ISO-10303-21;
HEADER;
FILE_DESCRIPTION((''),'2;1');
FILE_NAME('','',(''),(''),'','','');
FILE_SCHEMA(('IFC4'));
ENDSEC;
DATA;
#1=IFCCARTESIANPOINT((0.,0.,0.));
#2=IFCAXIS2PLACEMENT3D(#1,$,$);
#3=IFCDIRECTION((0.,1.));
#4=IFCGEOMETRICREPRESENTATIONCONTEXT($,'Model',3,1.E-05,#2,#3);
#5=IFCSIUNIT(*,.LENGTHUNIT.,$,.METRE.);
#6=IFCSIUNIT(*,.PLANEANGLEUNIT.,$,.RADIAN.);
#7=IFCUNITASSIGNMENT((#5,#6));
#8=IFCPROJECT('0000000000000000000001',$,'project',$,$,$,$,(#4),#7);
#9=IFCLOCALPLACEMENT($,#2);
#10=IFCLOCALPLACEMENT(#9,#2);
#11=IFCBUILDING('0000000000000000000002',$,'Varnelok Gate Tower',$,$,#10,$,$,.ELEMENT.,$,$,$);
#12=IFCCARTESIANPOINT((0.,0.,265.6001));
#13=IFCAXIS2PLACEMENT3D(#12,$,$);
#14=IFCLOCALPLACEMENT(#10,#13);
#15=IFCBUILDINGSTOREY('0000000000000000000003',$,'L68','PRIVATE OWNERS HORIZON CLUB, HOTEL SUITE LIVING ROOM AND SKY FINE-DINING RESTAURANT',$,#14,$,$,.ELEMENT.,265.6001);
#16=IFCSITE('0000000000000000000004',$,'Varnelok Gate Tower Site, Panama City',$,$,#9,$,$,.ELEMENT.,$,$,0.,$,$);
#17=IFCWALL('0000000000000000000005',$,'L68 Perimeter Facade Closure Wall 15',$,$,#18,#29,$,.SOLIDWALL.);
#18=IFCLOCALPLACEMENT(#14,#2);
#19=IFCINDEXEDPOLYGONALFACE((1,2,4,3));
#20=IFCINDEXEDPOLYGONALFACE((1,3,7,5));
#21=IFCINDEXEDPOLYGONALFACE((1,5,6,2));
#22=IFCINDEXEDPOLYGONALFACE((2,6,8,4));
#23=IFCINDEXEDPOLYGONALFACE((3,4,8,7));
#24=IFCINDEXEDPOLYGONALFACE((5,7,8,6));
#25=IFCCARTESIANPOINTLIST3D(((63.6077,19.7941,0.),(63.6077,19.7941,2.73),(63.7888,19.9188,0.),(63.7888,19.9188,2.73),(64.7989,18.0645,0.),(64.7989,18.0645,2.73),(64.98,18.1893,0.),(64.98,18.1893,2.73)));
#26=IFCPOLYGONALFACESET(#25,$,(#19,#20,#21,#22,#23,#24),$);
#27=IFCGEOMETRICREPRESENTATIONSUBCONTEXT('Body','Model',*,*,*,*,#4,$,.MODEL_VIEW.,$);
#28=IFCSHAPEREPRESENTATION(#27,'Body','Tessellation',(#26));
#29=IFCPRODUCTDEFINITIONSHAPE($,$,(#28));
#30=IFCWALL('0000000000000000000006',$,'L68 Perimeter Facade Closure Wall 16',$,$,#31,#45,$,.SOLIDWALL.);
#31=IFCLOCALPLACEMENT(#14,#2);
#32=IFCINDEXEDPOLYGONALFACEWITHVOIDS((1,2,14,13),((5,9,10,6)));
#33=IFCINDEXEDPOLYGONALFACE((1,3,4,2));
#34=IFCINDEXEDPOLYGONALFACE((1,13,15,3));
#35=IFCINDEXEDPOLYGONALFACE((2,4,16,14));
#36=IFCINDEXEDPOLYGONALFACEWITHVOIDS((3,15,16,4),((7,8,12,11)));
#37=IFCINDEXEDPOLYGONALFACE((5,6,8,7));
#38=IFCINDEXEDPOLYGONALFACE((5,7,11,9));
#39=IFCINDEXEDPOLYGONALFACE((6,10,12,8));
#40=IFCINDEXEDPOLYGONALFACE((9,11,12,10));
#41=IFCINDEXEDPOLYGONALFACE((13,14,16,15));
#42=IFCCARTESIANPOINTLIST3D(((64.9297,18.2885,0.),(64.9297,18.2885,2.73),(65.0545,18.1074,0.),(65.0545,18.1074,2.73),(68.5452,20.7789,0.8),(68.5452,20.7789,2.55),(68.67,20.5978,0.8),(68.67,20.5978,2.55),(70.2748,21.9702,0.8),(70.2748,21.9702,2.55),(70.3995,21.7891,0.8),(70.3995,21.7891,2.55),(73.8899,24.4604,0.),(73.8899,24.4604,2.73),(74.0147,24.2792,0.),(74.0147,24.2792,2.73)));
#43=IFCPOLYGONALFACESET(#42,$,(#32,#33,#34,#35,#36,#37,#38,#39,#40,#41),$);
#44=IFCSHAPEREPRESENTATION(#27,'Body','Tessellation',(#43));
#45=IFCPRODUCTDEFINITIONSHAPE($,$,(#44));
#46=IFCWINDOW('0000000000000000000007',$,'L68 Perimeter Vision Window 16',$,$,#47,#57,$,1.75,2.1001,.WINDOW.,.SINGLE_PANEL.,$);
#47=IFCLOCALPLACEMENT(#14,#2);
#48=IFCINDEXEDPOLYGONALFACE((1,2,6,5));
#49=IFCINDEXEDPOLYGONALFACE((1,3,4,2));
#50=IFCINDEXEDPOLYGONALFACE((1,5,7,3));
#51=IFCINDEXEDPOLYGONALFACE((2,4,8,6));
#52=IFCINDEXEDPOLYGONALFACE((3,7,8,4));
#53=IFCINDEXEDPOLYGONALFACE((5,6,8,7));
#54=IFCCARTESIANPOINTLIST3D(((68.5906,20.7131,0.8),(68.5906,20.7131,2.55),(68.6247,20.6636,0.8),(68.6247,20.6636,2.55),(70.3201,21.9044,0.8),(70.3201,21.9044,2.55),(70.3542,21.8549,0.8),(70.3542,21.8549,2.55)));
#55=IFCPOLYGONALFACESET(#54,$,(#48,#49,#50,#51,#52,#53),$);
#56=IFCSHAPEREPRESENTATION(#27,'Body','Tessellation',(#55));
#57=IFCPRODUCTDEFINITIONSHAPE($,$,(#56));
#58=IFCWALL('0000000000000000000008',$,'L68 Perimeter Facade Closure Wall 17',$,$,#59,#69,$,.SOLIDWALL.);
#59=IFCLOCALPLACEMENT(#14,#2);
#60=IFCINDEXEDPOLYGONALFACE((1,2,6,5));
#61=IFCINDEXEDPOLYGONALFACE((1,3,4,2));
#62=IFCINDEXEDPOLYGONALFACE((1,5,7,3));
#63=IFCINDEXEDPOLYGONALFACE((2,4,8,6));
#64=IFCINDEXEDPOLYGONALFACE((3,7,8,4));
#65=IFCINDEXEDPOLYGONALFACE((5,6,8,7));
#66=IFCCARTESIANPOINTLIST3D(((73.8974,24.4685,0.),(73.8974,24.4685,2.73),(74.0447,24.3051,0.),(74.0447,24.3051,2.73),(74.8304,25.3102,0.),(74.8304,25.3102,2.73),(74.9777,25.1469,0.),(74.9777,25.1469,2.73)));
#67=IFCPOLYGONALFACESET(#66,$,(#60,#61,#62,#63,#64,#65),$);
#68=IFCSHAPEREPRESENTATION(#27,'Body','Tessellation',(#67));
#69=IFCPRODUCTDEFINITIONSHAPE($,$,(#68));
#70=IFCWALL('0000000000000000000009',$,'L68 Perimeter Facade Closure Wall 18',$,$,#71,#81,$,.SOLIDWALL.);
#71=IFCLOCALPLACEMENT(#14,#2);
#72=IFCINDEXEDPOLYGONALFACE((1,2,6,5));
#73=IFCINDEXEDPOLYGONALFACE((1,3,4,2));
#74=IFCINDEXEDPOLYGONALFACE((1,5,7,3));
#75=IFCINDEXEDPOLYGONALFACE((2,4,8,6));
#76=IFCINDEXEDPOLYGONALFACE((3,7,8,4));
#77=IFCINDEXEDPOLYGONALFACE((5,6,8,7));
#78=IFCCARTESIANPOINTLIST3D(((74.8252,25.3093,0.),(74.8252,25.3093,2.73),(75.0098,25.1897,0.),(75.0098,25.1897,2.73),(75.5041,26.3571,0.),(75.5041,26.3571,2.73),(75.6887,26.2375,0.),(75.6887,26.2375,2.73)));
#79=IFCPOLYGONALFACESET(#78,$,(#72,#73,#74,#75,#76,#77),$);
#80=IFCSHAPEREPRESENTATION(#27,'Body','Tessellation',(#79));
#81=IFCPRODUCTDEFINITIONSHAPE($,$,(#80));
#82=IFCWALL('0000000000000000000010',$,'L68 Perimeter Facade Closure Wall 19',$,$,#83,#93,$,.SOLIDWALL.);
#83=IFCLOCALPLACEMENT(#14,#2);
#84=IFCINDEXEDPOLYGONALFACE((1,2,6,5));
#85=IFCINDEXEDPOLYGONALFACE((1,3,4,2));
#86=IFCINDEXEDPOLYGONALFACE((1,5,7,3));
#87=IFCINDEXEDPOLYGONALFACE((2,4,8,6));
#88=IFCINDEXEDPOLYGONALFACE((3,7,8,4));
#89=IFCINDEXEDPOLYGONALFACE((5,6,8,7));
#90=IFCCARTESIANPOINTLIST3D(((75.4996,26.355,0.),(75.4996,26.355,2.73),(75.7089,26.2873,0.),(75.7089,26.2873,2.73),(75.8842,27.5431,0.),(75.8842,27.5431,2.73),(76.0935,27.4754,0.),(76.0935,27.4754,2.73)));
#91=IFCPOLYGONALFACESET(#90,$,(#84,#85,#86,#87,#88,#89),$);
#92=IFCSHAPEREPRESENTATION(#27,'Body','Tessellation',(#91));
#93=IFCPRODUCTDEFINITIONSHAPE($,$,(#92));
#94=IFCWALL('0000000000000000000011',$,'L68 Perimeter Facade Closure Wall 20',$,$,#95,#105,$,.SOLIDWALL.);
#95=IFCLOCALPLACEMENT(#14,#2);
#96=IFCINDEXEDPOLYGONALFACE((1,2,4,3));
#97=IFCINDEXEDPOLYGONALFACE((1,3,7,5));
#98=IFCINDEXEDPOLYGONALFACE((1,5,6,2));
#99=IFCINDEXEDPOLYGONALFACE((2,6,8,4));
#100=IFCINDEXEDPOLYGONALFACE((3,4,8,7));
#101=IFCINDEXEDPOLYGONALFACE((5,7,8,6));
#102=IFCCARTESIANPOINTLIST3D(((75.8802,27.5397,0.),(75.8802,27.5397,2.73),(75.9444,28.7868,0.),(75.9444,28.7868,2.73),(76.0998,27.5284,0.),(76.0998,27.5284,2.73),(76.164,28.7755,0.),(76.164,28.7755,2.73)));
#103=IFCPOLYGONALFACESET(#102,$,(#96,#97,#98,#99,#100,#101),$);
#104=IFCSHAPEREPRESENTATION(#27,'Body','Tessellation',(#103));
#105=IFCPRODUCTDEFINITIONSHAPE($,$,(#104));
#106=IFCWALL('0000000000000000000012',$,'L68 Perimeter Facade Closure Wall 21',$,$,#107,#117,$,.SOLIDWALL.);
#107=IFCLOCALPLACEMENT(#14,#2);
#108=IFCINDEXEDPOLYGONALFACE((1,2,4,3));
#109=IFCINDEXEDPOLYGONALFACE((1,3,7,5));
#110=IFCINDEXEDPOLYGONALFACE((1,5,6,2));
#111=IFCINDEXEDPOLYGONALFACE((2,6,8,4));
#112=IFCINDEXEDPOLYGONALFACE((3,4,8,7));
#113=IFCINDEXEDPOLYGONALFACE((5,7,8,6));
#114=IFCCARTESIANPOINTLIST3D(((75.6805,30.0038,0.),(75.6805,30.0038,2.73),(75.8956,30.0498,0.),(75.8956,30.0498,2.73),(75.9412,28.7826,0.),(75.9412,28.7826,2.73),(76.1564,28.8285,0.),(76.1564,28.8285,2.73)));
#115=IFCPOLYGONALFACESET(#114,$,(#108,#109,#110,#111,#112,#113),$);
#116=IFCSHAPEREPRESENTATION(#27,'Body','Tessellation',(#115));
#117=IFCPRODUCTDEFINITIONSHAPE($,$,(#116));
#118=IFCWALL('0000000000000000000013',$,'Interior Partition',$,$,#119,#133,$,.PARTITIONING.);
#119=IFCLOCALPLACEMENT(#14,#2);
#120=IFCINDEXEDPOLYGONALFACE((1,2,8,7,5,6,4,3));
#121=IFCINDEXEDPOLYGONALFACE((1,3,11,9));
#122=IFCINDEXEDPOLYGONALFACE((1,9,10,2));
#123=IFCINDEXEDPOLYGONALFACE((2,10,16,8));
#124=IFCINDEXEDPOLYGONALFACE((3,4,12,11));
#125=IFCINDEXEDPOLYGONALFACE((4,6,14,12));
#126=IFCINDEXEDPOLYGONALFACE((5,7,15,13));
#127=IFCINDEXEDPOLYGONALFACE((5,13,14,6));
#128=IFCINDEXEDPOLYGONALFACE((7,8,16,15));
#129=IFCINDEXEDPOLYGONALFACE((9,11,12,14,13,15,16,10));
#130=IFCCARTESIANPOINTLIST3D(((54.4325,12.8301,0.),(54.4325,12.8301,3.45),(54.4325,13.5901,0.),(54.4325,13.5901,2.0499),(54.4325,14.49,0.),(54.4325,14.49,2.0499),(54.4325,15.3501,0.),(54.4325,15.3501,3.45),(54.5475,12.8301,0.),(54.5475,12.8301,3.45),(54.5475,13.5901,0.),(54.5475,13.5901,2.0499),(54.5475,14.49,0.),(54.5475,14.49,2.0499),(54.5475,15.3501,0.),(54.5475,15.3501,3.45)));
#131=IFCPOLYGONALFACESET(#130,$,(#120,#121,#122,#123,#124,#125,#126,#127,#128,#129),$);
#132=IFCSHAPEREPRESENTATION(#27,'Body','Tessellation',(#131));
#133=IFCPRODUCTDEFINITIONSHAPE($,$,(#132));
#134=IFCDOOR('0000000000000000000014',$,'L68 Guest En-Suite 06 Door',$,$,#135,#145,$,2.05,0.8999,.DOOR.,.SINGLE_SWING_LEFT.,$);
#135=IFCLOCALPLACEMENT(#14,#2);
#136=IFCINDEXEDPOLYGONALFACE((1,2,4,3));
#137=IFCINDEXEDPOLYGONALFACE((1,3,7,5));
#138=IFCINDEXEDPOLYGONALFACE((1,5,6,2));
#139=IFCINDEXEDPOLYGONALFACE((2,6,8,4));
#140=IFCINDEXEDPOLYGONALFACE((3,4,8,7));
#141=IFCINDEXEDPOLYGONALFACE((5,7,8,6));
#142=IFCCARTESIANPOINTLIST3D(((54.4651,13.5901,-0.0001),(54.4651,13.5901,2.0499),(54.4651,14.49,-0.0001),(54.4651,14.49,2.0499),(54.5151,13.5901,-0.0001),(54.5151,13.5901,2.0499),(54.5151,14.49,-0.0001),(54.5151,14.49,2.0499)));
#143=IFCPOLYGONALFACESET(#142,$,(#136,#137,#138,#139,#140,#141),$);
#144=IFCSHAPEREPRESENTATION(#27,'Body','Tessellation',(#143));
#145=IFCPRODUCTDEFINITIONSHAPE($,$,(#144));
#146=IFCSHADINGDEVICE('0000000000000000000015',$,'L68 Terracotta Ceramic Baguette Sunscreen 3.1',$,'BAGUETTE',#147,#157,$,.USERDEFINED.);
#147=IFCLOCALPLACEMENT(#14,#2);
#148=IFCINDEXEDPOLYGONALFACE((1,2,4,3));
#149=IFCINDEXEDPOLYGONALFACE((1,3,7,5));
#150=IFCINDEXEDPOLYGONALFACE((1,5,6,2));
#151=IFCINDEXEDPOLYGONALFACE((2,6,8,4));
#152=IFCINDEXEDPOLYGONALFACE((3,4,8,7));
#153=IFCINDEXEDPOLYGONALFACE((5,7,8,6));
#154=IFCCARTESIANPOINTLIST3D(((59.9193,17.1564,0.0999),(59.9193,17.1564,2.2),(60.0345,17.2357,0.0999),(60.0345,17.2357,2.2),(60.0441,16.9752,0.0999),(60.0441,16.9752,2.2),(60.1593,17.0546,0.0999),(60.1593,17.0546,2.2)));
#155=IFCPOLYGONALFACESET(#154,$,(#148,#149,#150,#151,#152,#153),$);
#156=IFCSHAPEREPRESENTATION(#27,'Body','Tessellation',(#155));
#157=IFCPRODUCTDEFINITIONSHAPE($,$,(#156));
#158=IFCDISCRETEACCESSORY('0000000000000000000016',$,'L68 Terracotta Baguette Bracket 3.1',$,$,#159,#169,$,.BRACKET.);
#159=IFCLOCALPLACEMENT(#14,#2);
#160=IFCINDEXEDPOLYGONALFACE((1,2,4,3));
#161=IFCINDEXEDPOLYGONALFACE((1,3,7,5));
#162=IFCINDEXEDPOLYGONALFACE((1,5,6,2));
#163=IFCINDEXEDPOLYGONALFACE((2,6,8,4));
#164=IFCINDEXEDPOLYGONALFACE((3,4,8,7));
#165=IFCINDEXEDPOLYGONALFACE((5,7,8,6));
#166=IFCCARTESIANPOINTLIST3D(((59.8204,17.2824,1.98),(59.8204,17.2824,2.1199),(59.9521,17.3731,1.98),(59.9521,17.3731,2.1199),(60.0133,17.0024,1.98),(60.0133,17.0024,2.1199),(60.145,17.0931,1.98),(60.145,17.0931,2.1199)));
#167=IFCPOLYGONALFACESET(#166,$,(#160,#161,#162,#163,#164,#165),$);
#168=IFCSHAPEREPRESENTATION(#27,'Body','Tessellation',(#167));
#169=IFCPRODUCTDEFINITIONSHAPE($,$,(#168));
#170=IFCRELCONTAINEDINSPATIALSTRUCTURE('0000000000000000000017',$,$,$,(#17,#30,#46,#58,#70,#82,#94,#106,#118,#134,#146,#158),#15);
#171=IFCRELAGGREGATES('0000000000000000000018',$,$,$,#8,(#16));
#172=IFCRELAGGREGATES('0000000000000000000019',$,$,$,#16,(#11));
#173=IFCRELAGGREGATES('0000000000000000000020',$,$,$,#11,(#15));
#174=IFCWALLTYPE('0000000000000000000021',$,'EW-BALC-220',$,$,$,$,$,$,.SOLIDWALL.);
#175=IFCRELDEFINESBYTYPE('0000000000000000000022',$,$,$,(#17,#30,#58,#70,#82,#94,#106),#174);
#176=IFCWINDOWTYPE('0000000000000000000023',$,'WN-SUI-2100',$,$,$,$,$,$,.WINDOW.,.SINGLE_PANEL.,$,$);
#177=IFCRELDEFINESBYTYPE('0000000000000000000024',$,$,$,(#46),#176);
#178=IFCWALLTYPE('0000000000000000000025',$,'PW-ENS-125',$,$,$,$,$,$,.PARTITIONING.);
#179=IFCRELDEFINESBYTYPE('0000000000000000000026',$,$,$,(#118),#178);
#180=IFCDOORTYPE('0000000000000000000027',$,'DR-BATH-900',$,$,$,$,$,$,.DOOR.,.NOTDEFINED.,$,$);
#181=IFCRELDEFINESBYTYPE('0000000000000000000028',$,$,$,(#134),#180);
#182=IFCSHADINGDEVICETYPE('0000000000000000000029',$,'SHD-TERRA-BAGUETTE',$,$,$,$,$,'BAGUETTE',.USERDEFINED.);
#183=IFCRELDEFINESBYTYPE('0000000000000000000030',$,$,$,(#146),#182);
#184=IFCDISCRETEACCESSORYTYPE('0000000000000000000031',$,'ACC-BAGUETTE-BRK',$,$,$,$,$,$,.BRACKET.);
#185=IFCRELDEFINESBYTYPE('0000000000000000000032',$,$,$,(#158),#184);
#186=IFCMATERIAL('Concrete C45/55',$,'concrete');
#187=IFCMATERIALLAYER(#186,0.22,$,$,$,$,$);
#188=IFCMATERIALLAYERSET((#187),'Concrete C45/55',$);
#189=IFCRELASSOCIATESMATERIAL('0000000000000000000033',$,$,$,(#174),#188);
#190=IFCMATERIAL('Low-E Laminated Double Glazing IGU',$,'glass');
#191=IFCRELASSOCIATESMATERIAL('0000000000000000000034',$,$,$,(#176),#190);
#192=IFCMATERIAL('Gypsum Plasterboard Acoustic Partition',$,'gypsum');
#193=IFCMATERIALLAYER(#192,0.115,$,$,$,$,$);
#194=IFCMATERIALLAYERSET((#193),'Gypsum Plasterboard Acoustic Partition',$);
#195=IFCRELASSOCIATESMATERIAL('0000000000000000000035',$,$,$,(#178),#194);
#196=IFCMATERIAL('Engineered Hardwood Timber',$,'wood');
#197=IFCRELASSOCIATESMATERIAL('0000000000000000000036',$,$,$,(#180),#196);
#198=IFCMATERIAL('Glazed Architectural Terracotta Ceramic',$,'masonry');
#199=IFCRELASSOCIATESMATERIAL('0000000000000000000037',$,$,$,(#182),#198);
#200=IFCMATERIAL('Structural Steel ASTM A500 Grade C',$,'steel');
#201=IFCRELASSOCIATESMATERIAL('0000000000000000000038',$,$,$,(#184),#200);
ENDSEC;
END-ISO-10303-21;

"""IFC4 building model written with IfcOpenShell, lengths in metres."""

from ifc_helpers import new_model, si_unit, direction, frame, frame_2d, origin, origin_2d, place, context, subcontext, project, spatial, rectangle, extrude, source, transform, mapped, material, layer, layer_set, type_object, element, fill, save


model = new_model("IFC4")

# Units and contexts
model_context = context("Model", 3, precision=1e-05, world=origin(), true_north=direction((0.0, 1.0)))
body_context = subcontext(model_context, "Body", "Model", "MODEL_VIEW")
ifc_project = project(units=[si_unit("LENGTHUNIT", "METRE"), si_unit("PLANEANGLEUNIT", "RADIAN")], contexts=[model_context])

# Site, building, storey
site_placement = place(None, origin())
site = spatial("IfcSite", under=ifc_project, at=site_placement, Name="Varnelok Gate Tower Site, Panama City", CompositionType="ELEMENT", RefElevation=0.0)
building_placement = place(site_placement, origin())
building = spatial("IfcBuilding", under=site, at=building_placement, Name="Varnelok Gate Tower", CompositionType="ELEMENT")
storey_placement = place(building_placement, frame((0.0, 0.0, 265.6001)))
storey = spatial("IfcBuildingStorey", under=building, at=storey_placement, Name="L68", Description="PRIVATE OWNERS HORIZON CLUB, HOTEL SUITE LIVING ROOM AND SKY FINE-DINING RESTAURANT", CompositionType="ELEMENT", Elevation=265.6001)

# Shared definitions
ifc_material_1 = material(Name="Concrete C45/55", Category="concrete")
ifc_layer_1 = layer(ifc_material_1, 0.22)
ifc_layer_set_1 = layer_set([ifc_layer_1], Name="Concrete C45/55")
wall_type_1 = type_object("IfcWallType", Name="EW-BALC-220", PredefinedType="SOLIDWALL", material=ifc_layer_set_1)

# Wall
wall_1_placement = place(storey_placement, frame((63.6982, 19.8564, 0.0), z_axis=(0.0, 0.0, 1.0), x_axis=(0.567219, -0.823567, 0.0)))
element("IfcWall", 1, at=wall_1_placement, inside=storey, type_object=wall_type_1, Name="L68 Perimeter Facade Closure Wall 15", PredefinedType="SOLIDWALL", context=body_context, shape_type="SweptSolid", body=[
    extrude(rectangle(XDim=2.1001, YDim=0.22, at=frame_2d((1.05, 0.0))), origin(), (0.0, 0.0, 1.0), 2.73),
])

# Wall, opening, window
wall_2_placement = place(storey_placement, frame((64.9922, 18.198, 0.0), z_axis=(0.0, 0.0, 1.0), x_axis=(0.823538, 0.567261, 0.0)))
wall_2 = element("IfcWall", 2, at=wall_2_placement, inside=storey, type_object=wall_type_1, Name="L68 Perimeter Facade Closure Wall 16", PredefinedType="SOLIDWALL", context=body_context, shape_type="SweptSolid", body=[
    extrude(rectangle(XDim=10.8801, YDim=0.22, at=frame_2d((5.4399, 0.0))), origin(), (0.0, 0.0, 1.0), 2.73),
])
opening_1_placement = place(wall_2_placement, frame((4.3901, 0.0, 0.8)))
opening_1 = element("IfcOpeningElement", 3, at=opening_1_placement, cuts=wall_2, PredefinedType="OPENING", context=body_context, shape_type="SweptSolid", body=[
    extrude(rectangle(XDim=2.1001, YDim=1.75, at=frame_2d((1.05, 0.875))), frame((0.0, 0.1199, 0.0), z_axis=(0.0, -1.0, 0.0), x_axis=(1.0, 0.0, 0.0)), (0.0, 0.0, 1.0), 0.24),
])
ifc_material_2 = material(Name="Low-E Laminated Double Glazing IGU", Category="glass")
window_type = type_object("IfcWindowType", Name="WN-SUI-2100", PartitioningType="SINGLE_PANEL", PredefinedType="WINDOW", material=ifc_material_2)
window_placement = place(opening_1_placement, origin())
window = element("IfcWindow", 4, at=window_placement, inside=storey, type_object=window_type, Name="L68 Perimeter Vision Window 16", OverallHeight=1.75, OverallWidth=2.1001, PartitioningType="SINGLE_PANEL", PredefinedType="WINDOW", context=body_context, shape_type="SweptSolid", body=[
    extrude(rectangle(XDim=2.1001, YDim=1.75, at=frame_2d((1.05, 0.875))), frame((0.0, 0.03, 0.0), z_axis=(0.0, -1.0, 0.0), x_axis=(1.0, 0.0, 0.0)), (0.0, 0.0, 1.0), 0.0601),
])
fill(opening_1, window)

# Walls
wall_3_placement = place(storey_placement, frame((73.9709, 24.3867, 0.0), z_axis=(0.0, 0.0, 1.0), x_axis=(0.742502, 0.669844, 0.0)))
element("IfcWall", 5, at=wall_3_placement, inside=storey, type_object=wall_type_1, Name="L68 Perimeter Facade Closure Wall 17", PredefinedType="SOLIDWALL", context=body_context, shape_type="SweptSolid", body=[
    extrude(rectangle(XDim=1.2566, YDim=0.22, at=frame_2d((0.6284, 0.0))), origin(), (0.0, 0.0, 1.0), 2.73),
])
wall_4_placement = place(storey_placement, frame((74.9175, 25.2495, 0.0), z_axis=(0.0, 0.0, 1.0), x_axis=(0.543778, 0.839229, 0.0)))
element("IfcWall", 6, at=wall_4_placement, inside=storey, type_object=wall_type_1, Name="L68 Perimeter Facade Closure Wall 18", PredefinedType="SOLIDWALL", context=body_context, shape_type="SweptSolid", body=[
    extrude(rectangle(XDim=1.2485, YDim=0.22, at=frame_2d((0.6243, 0.0))), origin(), (0.0, 0.0, 1.0), 2.73),
])
for number, where, z_axis, x_axis, name in (
    (7, (75.6042, 26.321, 0.0), (0.0, 0.0, 1.0), (0.307945, 0.951404, 0.0), "L68 Perimeter Facade Closure Wall 19"),
    (8, (75.99, 27.5339, 0.0), (0.0, 0.0, 1.0), (0.05142, 0.998677, 0.0), "L68 Perimeter Facade Closure Wall 20"),
    (9, (76.0488, 28.8054, 0.0), (0.0, 0.0, 1.0), (-0.208808, 0.977957, 0.0), "L68 Perimeter Facade Closure Wall 21"),
):
    element("IfcWall", number, at=place(storey_placement, frame(where, z_axis=z_axis, x_axis=x_axis)), inside=storey, type_object=wall_type_1, Name=name, PredefinedType="SOLIDWALL", context=body_context, shape_type="SweptSolid", body=[
        extrude(rectangle(XDim=1.2488, YDim=0.22, at=frame_2d((0.6245, 0.0))), origin(), (0.0, 0.0, 1.0), 2.73),
    ])

# Wall, opening, door
ifc_material_3 = material(Name="Gypsum Plasterboard Acoustic Partition", Category="gypsum")
ifc_layer_2 = layer(ifc_material_3, 0.115)
ifc_layer_set_2 = layer_set([ifc_layer_2], Name="Gypsum Plasterboard Acoustic Partition")
wall_type_2 = type_object("IfcWallType", Name="PW-ENS-125", PredefinedType="PARTITIONING", material=ifc_layer_set_2)
wall_5_placement = place(storey_placement, frame((54.49, 12.8301, 0.0), z_axis=(0.0, 0.0, 1.0), x_axis=(0.0, 1.0, 0.0)))
wall_5 = element("IfcWall", 10, at=wall_5_placement, inside=storey, type_object=wall_type_2, Name="Interior Partition", PredefinedType="PARTITIONING", context=body_context, shape_type="SweptSolid", body=[
    extrude(rectangle(XDim=2.52, YDim=0.115, at=frame_2d((1.26, 0.0))), origin(), (0.0, 0.0, 1.0), 3.45),
])
opening_2_placement = place(wall_5_placement, frame((0.76, 0.0, 0.0)))
opening_2 = element("IfcOpeningElement", 11, at=opening_2_placement, cuts=wall_5, PredefinedType="OPENING", context=body_context, shape_type="SweptSolid", body=[
    extrude(rectangle(XDim=0.8999, YDim=2.05, at=frame_2d((0.45, 1.0249))), frame((0.0, 0.0674, 0.0), z_axis=(0.0, -1.0, 0.0), x_axis=(1.0, 0.0, 0.0)), (0.0, 0.0, 1.0), 0.135),
])
ifc_material_4 = material(Name="Engineered Hardwood Timber", Category="wood")
door_type_1 = type_object("IfcDoorType", Name="DR-BATH-900", OperationType="NOTDEFINED", PredefinedType="DOOR", material=ifc_material_4)
door_1_placement = place(opening_2_placement, origin())
door_1 = element("IfcDoor", 12, at=door_1_placement, inside=storey, type_object=door_type_1, Name="L68 Guest En-Suite 06 Door", OperationType="SINGLE_SWING_LEFT", OverallHeight=2.05, OverallWidth=0.8999, PredefinedType="DOOR", context=body_context, shape_type="SweptSolid", body=[
    extrude(rectangle(XDim=0.8999, YDim=2.05, at=frame_2d((0.45, 1.0249))), frame((0.0, 0.0249, 0.0), z_axis=(0.0, -1.0, 0.0), x_axis=(1.0, 0.0, 0.0)), (0.0, 0.0, 1.0), 0.05),
])
fill(opening_2, door_1)

# Shading device
ifc_material_5 = material(Name="Glazed Architectural Terracotta Ceramic", Category="masonry")
shading_device_type = type_object("IfcShadingDeviceType", Name="SHD-TERRA-BAGUETTE", ElementType="BAGUETTE", PredefinedType="USERDEFINED", material=ifc_material_5)
shared_shape_1 = source(origin(), body_context, "Body", "SweptSolid", [
    extrude(rectangle(XDim=0.1399, YDim=0.22, at=origin_2d()), origin(), (0.0, 0.0, 1.0), 2.1001),
])
shading_device_placement = place(storey_placement, frame((60.0393, 17.1055, 0.0999), z_axis=(0.0, 0.0, 1.0), x_axis=(0.823533, 0.567269, 0.0)))
element("IfcShadingDevice", 13, at=shading_device_placement, inside=storey, type_object=shading_device_type, Name="L68 Terracotta Ceramic Baguette Sunscreen 3.1", ObjectType="BAGUETTE", PredefinedType="USERDEFINED", context=body_context, shape_type="MappedRepresentation", body=[
    mapped(shared_shape_1, transform((0.0, 0.0, 0.0), scale=1.0)),
])

# Discrete accessory
ifc_material_6 = material(Name="Structural Steel ASTM A500 Grade C", Category="steel")
discrete_accessory_type = type_object("IfcDiscreteAccessoryType", Name="ACC-BAGUETTE-BRK", PredefinedType="BRACKET", material=ifc_material_6)
shared_shape_2 = source(origin(), body_context, "Body", "SweptSolid", [
    extrude(rectangle(XDim=0.1599, YDim=0.3401, at=origin_2d()), origin(), (0.0, 0.0, 1.0), 0.1399),
])
discrete_accessory_placement = place(storey_placement, frame((59.9827, 17.1877, 1.98), z_axis=(0.0, 0.0, 1.0), x_axis=(0.823533, 0.567269, 0.0)))
element("IfcDiscreteAccessory", 14, at=discrete_accessory_placement, inside=storey, type_object=discrete_accessory_type, Name="L68 Terracotta Baguette Bracket 3.1", PredefinedType="BRACKET", context=body_context, shape_type="MappedRepresentation", body=[
    mapped(shared_shape_2, transform((0.0, 0.0, 0.0), scale=1.0)),
])

save(model, "model.ifc")
